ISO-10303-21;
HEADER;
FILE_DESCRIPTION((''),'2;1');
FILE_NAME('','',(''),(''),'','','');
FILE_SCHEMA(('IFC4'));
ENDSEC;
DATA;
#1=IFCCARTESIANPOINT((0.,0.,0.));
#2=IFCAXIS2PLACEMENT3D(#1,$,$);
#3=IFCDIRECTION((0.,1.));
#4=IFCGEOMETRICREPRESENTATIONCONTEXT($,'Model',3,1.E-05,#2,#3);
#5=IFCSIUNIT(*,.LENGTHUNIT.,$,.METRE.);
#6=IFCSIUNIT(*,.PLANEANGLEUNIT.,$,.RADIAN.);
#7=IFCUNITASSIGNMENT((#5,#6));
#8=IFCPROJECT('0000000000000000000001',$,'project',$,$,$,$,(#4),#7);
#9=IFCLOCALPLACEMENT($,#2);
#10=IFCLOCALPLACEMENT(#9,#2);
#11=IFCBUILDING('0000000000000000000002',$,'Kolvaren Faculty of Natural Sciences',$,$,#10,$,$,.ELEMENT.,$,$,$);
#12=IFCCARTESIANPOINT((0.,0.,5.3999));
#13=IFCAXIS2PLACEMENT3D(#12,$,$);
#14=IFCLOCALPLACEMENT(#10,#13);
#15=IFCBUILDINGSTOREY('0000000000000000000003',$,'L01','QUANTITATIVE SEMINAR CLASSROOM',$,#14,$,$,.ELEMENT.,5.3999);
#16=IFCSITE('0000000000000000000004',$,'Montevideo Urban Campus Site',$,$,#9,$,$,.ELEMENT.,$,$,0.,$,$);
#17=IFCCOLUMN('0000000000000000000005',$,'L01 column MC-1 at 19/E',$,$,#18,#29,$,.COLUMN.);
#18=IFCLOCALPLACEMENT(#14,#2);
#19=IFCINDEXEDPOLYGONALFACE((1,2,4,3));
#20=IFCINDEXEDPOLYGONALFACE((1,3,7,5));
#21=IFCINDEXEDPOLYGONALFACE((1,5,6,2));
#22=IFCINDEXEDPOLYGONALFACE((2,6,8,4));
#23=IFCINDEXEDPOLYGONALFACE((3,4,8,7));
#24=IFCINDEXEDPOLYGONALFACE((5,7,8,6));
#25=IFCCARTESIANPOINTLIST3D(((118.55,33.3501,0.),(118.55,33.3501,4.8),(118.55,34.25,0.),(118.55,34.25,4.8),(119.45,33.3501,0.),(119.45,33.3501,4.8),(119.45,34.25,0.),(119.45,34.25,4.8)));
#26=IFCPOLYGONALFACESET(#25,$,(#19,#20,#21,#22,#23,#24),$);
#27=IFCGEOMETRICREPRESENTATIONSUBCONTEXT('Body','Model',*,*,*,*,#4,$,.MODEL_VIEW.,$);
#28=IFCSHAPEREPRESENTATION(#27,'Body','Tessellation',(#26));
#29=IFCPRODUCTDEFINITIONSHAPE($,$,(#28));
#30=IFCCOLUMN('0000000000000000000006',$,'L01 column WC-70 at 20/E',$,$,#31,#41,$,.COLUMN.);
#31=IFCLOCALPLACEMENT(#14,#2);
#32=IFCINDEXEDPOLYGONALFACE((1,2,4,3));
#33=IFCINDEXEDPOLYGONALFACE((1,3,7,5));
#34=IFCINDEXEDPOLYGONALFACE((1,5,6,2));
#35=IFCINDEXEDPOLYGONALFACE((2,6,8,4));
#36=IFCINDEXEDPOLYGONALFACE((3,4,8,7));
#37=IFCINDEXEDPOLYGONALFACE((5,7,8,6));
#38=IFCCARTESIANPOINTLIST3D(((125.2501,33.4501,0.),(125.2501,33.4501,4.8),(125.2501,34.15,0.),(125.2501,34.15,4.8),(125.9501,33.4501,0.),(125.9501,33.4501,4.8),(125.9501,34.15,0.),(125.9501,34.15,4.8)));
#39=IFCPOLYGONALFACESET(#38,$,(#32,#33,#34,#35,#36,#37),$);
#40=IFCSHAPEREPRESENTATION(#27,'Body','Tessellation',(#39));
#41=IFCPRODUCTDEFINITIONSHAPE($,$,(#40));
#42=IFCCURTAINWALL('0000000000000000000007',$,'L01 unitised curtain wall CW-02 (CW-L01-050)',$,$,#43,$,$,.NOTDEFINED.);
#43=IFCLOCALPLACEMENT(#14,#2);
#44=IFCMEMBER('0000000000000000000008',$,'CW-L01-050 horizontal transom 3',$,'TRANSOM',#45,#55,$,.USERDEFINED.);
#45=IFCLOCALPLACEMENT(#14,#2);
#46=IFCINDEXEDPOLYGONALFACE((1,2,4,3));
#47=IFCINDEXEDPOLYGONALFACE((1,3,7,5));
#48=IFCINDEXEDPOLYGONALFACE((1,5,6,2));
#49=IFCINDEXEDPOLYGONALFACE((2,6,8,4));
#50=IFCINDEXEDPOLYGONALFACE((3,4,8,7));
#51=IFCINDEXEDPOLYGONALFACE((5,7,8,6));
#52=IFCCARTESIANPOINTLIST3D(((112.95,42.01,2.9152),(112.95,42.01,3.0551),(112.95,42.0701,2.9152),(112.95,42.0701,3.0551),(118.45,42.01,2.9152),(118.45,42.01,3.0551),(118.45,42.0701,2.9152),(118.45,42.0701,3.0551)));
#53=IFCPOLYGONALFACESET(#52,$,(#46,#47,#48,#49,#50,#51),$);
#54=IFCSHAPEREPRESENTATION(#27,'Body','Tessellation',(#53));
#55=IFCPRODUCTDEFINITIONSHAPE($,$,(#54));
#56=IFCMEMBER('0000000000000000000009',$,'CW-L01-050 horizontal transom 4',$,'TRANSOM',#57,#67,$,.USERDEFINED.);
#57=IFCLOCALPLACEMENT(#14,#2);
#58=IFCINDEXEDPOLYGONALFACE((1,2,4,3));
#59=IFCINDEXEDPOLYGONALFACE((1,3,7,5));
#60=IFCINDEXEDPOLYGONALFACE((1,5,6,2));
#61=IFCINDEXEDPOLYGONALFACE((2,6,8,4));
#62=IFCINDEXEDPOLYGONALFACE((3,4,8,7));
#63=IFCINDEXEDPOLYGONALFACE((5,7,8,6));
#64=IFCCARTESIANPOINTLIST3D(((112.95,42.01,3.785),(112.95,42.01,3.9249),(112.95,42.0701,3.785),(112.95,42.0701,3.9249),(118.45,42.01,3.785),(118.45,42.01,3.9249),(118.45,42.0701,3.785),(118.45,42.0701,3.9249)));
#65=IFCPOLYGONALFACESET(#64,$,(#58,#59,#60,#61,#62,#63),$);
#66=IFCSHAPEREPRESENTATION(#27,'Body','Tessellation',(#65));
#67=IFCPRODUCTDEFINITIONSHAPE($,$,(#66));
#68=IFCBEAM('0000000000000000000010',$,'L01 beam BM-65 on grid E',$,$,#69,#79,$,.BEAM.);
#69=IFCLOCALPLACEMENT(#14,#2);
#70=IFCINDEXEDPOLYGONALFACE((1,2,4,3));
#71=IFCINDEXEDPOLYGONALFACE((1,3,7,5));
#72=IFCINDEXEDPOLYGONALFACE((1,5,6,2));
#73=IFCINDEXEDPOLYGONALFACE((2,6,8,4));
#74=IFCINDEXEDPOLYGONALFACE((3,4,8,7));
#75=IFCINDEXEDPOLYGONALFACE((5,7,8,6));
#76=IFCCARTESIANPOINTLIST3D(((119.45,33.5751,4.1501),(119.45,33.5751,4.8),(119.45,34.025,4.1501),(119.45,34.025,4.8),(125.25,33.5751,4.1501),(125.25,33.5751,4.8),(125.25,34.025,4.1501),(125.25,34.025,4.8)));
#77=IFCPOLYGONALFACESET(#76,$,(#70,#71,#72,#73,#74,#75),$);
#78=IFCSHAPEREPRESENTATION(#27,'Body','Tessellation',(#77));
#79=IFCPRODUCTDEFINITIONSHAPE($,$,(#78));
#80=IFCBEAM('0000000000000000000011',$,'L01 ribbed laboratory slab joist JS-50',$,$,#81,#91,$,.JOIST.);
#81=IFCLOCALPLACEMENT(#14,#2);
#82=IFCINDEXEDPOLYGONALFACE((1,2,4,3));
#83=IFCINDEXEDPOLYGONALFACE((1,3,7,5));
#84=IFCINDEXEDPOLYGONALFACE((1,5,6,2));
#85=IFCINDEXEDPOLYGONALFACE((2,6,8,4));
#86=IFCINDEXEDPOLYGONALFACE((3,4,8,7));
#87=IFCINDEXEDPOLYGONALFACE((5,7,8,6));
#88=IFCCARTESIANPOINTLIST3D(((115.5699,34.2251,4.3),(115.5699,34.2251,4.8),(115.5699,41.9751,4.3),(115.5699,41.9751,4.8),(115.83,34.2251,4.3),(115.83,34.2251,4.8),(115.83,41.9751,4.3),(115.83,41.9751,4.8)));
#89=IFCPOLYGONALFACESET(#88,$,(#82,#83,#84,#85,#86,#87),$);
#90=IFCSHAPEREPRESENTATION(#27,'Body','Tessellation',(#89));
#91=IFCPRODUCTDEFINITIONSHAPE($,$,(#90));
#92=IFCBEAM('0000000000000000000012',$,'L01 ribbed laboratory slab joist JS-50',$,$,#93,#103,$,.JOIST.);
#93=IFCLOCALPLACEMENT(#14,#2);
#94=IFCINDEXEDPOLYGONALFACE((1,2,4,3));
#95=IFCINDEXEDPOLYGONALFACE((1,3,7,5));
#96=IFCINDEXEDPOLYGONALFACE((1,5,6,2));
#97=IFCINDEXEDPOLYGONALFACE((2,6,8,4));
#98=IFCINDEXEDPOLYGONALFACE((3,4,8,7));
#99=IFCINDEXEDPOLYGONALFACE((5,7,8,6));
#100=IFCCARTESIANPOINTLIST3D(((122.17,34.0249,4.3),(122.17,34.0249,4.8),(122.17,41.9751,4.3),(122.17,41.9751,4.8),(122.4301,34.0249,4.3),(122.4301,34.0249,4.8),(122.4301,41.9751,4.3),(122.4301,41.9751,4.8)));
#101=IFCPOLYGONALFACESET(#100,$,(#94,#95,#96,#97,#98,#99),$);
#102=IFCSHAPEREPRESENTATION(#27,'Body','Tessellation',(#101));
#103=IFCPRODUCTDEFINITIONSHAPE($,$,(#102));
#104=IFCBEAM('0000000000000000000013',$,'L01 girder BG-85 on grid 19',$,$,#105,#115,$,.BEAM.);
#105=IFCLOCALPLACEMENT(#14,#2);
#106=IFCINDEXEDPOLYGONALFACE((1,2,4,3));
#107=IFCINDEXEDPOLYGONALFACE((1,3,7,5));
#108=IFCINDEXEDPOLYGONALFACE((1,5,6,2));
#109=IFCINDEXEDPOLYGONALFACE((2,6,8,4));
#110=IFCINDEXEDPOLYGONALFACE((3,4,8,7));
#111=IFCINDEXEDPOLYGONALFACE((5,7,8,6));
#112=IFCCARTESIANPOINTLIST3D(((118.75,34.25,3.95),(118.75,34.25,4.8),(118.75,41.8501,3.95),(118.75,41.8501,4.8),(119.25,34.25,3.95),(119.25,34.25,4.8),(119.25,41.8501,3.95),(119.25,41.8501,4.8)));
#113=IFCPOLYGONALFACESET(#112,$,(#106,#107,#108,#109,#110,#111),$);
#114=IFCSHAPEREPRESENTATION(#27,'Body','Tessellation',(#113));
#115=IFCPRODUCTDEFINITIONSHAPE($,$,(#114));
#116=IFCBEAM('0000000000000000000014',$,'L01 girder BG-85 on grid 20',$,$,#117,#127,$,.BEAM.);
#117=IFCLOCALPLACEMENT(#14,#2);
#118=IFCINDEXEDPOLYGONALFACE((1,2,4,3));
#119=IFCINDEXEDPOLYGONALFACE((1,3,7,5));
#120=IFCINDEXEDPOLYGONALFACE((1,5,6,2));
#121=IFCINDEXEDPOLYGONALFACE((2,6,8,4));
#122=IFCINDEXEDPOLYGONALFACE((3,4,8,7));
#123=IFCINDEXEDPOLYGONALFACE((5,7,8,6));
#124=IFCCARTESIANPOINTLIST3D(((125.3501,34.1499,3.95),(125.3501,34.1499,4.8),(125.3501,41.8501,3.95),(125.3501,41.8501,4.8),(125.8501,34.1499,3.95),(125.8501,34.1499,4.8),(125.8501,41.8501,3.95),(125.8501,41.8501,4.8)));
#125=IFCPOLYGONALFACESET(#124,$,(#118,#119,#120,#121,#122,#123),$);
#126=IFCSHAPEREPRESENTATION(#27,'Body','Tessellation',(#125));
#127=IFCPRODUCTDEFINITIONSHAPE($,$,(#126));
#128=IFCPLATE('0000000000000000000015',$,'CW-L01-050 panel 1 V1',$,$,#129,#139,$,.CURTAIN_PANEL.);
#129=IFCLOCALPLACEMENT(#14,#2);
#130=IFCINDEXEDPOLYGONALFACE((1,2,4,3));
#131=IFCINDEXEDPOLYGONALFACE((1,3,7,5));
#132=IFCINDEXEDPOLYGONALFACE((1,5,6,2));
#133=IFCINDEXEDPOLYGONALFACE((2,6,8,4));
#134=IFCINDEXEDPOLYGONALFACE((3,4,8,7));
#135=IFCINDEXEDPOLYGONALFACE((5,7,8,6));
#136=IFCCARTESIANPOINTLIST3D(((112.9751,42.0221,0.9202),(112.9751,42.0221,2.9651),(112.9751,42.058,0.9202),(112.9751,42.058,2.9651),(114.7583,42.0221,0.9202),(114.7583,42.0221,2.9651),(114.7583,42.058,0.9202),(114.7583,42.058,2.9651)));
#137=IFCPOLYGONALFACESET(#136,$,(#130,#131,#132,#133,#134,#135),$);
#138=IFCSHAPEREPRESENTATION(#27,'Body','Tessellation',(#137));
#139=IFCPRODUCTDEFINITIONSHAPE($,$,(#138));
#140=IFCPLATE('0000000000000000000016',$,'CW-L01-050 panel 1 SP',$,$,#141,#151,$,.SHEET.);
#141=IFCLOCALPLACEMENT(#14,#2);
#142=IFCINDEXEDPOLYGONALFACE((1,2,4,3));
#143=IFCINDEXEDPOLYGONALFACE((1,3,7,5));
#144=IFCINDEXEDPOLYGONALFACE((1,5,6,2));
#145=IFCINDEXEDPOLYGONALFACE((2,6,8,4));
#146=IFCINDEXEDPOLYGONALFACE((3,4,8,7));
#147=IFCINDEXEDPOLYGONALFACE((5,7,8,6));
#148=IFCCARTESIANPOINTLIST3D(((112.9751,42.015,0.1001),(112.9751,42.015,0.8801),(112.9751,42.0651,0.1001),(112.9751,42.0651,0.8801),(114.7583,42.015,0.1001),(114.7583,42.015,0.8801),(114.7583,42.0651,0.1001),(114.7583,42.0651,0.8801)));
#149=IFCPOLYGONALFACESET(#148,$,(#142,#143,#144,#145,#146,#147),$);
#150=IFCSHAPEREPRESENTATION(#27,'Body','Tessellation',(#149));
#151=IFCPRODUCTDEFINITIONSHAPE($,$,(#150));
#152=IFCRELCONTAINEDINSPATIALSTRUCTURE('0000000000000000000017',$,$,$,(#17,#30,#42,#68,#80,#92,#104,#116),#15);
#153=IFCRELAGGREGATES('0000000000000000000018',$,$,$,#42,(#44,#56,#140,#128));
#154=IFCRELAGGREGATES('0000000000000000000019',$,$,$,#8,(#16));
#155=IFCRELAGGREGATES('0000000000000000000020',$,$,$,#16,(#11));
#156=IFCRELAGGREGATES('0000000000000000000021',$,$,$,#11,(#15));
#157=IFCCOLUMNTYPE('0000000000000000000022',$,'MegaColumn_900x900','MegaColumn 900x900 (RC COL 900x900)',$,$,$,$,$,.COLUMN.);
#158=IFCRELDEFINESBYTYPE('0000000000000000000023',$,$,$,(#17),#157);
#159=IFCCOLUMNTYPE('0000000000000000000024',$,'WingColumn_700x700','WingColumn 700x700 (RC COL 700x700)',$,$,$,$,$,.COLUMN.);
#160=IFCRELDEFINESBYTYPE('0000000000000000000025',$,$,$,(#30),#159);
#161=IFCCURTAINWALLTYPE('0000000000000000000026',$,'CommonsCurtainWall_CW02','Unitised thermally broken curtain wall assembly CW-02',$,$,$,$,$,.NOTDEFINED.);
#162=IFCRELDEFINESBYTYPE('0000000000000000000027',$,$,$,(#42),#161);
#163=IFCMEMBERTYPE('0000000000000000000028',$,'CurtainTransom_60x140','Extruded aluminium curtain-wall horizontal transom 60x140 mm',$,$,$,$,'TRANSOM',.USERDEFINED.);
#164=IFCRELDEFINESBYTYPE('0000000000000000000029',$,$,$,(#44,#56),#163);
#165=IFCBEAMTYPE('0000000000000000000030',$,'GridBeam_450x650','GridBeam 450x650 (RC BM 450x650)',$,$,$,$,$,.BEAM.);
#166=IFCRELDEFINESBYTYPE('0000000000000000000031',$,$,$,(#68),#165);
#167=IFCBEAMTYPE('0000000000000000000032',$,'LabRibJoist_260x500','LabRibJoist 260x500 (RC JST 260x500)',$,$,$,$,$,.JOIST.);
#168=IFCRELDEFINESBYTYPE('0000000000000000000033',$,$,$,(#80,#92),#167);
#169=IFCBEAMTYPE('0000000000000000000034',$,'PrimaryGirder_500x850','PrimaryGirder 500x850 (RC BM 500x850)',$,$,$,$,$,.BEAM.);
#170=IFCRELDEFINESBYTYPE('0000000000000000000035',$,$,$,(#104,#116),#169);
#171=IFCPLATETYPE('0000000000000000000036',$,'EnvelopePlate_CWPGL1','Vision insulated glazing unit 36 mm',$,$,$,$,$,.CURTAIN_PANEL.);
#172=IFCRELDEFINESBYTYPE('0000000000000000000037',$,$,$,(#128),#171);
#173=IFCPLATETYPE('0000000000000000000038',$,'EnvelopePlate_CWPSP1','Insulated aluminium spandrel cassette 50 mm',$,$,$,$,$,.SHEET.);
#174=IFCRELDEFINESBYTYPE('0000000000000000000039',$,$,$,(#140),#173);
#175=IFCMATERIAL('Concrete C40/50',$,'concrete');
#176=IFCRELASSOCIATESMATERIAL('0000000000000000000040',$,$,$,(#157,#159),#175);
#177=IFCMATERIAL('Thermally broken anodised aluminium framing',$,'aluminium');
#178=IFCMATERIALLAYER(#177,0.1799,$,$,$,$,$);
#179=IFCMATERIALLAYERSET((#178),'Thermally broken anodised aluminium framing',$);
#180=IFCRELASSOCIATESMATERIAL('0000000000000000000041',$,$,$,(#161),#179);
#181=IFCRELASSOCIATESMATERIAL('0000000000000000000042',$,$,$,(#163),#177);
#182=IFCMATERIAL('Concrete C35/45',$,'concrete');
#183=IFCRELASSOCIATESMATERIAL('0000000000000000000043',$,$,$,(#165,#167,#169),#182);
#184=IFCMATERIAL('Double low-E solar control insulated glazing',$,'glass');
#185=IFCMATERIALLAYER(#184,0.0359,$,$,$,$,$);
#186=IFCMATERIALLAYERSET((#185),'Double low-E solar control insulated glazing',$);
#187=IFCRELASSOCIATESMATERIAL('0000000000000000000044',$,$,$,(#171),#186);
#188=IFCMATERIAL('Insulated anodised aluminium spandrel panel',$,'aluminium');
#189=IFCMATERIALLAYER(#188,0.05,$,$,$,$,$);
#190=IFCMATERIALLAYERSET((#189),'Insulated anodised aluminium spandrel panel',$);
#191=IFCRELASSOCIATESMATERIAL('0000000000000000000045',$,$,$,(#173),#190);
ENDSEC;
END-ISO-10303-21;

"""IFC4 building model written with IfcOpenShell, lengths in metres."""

from ifc_helpers import new_model, si_unit, direction, frame, origin, origin_2d, place, context, subcontext, project, spatial, rectangle, extrude, material, layer, layer_set, material_profile, profile_set, type_object, element, aggregate, save


model = new_model("IFC4")

# Units and contexts
model_context = context("Model", 3, precision=1e-05, world=origin(), true_north=direction((0.0, 1.0)))
body_context = subcontext(model_context, "Body", "Model", "MODEL_VIEW")
ifc_project = project(units=[si_unit("LENGTHUNIT", "METRE"), si_unit("PLANEANGLEUNIT", "RADIAN")], contexts=[model_context])

# Site, building, storey
site_placement = place(None, origin())
site = spatial("IfcSite", under=ifc_project, at=site_placement, Name="Montevideo Urban Campus Site", CompositionType="ELEMENT", RefElevation=0.0)
building_placement = place(site_placement, origin())
building = spatial("IfcBuilding", under=site, at=building_placement, Name="Kolvaren Faculty of Natural Sciences", CompositionType="ELEMENT")
storey_placement = place(building_placement, frame((0.0, 0.0, 5.3999)))
storey = spatial("IfcBuildingStorey", under=building, at=storey_placement, Name="L01", Description="QUANTITATIVE SEMINAR CLASSROOM", CompositionType="ELEMENT", Elevation=5.3999)

# Columns
ifc_material_1 = material(Name="Concrete C40/50", Category="concrete")
ifc_material_profile_1 = material_profile(ifc_material_1, rectangle(XDim=0.8999, YDim=0.8999, at=origin_2d()), Name="RC COL 900x900")
ifc_profile_set_1 = profile_set([ifc_material_profile_1], Name="Concrete C40/50")
column_type_1 = type_object("IfcColumnType", Name="MegaColumn_900x900", Description="MegaColumn 900x900 (RC COL 900x900)", PredefinedType="COLUMN", material=ifc_profile_set_1)
column_1_placement = place(storey_placement, frame((119.0, 33.8, 0.0), z_axis=(0.0, 0.0, 1.0), x_axis=(1.0, 0.0, 0.0)))
element("IfcColumn", 1, at=column_1_placement, inside=storey, type_object=column_type_1, Name="L01 column MC-1 at 19/E", PredefinedType="COLUMN", context=body_context, shape_type="SweptSolid", body=[
    extrude(rectangle(XDim=0.8999, YDim=0.8999, at=origin_2d()), origin(), (0.0, 0.0, 1.0), 4.8),
])
ifc_material_profile_2 = material_profile(ifc_material_1, rectangle(XDim=0.7, YDim=0.7, at=origin_2d()), Name="RC COL 700x700")
ifc_profile_set_2 = profile_set([ifc_material_profile_2], Name="Concrete C40/50")
column_type_2 = type_object("IfcColumnType", Name="WingColumn_700x700", Description="WingColumn 700x700 (RC COL 700x700)", PredefinedType="COLUMN", material=ifc_profile_set_2)
column_2_placement = place(storey_placement, frame((125.6001, 33.8, 0.0), z_axis=(0.0, 0.0, 1.0), x_axis=(1.0, 0.0, 0.0)))
element("IfcColumn", 2, at=column_2_placement, inside=storey, type_object=column_type_2, Name="L01 column WC-70 at 20/E", PredefinedType="COLUMN", context=body_context, shape_type="SweptSolid", body=[
    extrude(rectangle(XDim=0.7, YDim=0.7, at=origin_2d()), origin(), (0.0, 0.0, 1.0), 4.8),
])

# Curtain wall, members
ifc_material_2 = material(Name="Thermally broken anodised aluminium framing", Category="aluminium")
ifc_layer_1 = layer(ifc_material_2, 0.1799)
ifc_layer_set_1 = layer_set([ifc_layer_1], Name="Thermally broken anodised aluminium framing")
curtain_wall_type = type_object("IfcCurtainWallType", Name="CommonsCurtainWall_CW02", Description="Unitised thermally broken curtain wall assembly CW-02", PredefinedType="NOTDEFINED", material=ifc_layer_set_1)
curtain_wall_placement = place(storey_placement, origin())
curtain_wall = element("IfcCurtainWall", 3, at=curtain_wall_placement, inside=storey, type_object=curtain_wall_type, Name="L01 unitised curtain wall CW-02 (CW-L01-050)", PredefinedType="NOTDEFINED")
ifc_material_profile_3 = material_profile(ifc_material_2, rectangle(XDim=0.0601, YDim=0.1399, at=origin_2d()), Name="ALU TRN 60x140")
ifc_profile_set_3 = profile_set([ifc_material_profile_3], Name="Thermally broken anodised aluminium framing")
member_type = type_object("IfcMemberType", Name="CurtainTransom_60x140", Description="Extruded aluminium curtain-wall horizontal transom 60x140 mm", ElementType="TRANSOM", PredefinedType="USERDEFINED", material=ifc_profile_set_3)
member_1_placement = place(storey_placement, frame((112.95, 42.04, 2.9851), z_axis=(1.0, 0.0, 0.0), x_axis=(0.0, 1.0, 0.0)))
member_1 = element("IfcMember", 4, at=member_1_placement, type_object=member_type, Name="CW-L01-050 horizontal transom 3", ObjectType="TRANSOM", PredefinedType="USERDEFINED", context=body_context, shape_type="SweptSolid", body=[
    extrude(rectangle(XDim=0.0601, YDim=0.1399, at=origin_2d()), origin(), (0.0, 0.0, 1.0), 5.5),
])
member_2_placement = place(storey_placement, frame((112.95, 42.04, 3.855), z_axis=(1.0, 0.0, 0.0), x_axis=(0.0, 1.0, 0.0)))
member_2 = element("IfcMember", 5, at=member_2_placement, type_object=member_type, Name="CW-L01-050 horizontal transom 4", ObjectType="TRANSOM", PredefinedType="USERDEFINED", context=body_context, shape_type="SweptSolid", body=[
    extrude(rectangle(XDim=0.0601, YDim=0.1399, at=origin_2d()), origin(), (0.0, 0.0, 1.0), 5.5),
])

# Beams
ifc_material_3 = material(Name="Concrete C35/45", Category="concrete")
ifc_material_profile_4 = material_profile(ifc_material_3, rectangle(XDim=0.45, YDim=0.6499, at=origin_2d()), Name="RC BM 450x650")
ifc_profile_set_4 = profile_set([ifc_material_profile_4], Name="Concrete C35/45")
beam_type_1 = type_object("IfcBeamType", Name="GridBeam_450x650", Description="GridBeam 450x650 (RC BM 450x650)", PredefinedType="BEAM", material=ifc_profile_set_4)
beam_1_placement = place(storey_placement, frame((119.45, 33.8, 4.4751), z_axis=(1.0, 0.0, 0.0), x_axis=(0.0, 1.0, 0.0)))
element("IfcBeam", 6, at=beam_1_placement, inside=storey, type_object=beam_type_1, Name="L01 beam BM-65 on grid E", PredefinedType="BEAM", context=body_context, shape_type="SweptSolid", body=[
    extrude(rectangle(XDim=0.45, YDim=0.6499, at=origin_2d()), origin(), (0.0, 0.0, 1.0), 5.8),
])
ifc_material_profile_5 = material_profile(ifc_material_3, rectangle(XDim=0.26, YDim=0.5, at=origin_2d()), Name="RC JST 260x500")
ifc_profile_set_5 = profile_set([ifc_material_profile_5], Name="Concrete C35/45")
beam_type_2 = type_object("IfcBeamType", Name="LabRibJoist_260x500", Description="LabRibJoist 260x500 (RC JST 260x500)", PredefinedType="JOIST", material=ifc_profile_set_5)
beam_2_placement = place(storey_placement, frame((115.7, 34.2251, 4.55), z_axis=(0.0, 1.0, 0.0), x_axis=(-1.0, 0.0, 0.0)))
element("IfcBeam", 7, at=beam_2_placement, inside=storey, type_object=beam_type_2, Name="L01 ribbed laboratory slab joist JS-50", PredefinedType="JOIST", context=body_context, shape_type="SweptSolid", body=[
    extrude(rectangle(XDim=0.26, YDim=0.5, at=origin_2d()), origin(), (0.0, 0.0, 1.0), 7.75),
])
beam_3_placement = place(storey_placement, frame((122.3, 34.0249, 4.55), z_axis=(0.0, 1.0, 0.0), x_axis=(-1.0, 0.0, 0.0)))
element("IfcBeam", 8, at=beam_3_placement, inside=storey, type_object=beam_type_2, Name="L01 ribbed laboratory slab joist JS-50", PredefinedType="JOIST", context=body_context, shape_type="SweptSolid", body=[
    extrude(rectangle(XDim=0.26, YDim=0.5, at=origin_2d()), origin(), (0.0, 0.0, 1.0), 7.9502),
])
ifc_material_profile_6 = material_profile(ifc_material_3, rectangle(XDim=0.5, YDim=0.8501, at=origin_2d()), Name="RC BM 500x850")
ifc_profile_set_6 = profile_set([ifc_material_profile_6], Name="Concrete C35/45")
beam_type_3 = type_object("IfcBeamType", Name="PrimaryGirder_500x850", Description="PrimaryGirder 500x850 (RC BM 500x850)", PredefinedType="BEAM", material=ifc_profile_set_6)
beam_4_placement = place(storey_placement, frame((119.0, 34.25, 4.375), z_axis=(0.0, 1.0, 0.0), x_axis=(-1.0, 0.0, 0.0)))
element("IfcBeam", 9, at=beam_4_placement, inside=storey, type_object=beam_type_3, Name="L01 girder BG-85 on grid 19", PredefinedType="BEAM", context=body_context, shape_type="SweptSolid", body=[
    extrude(rectangle(XDim=0.5, YDim=0.8501, at=origin_2d()), origin(), (0.0, 0.0, 1.0), 7.6001),
])
beam_5_placement = place(storey_placement, frame((125.6001, 34.1499, 4.375), z_axis=(0.0, 1.0, 0.0), x_axis=(-1.0, 0.0, 0.0)))
element("IfcBeam", 10, at=beam_5_placement, inside=storey, type_object=beam_type_3, Name="L01 girder BG-85 on grid 20", PredefinedType="BEAM", context=body_context, shape_type="SweptSolid", body=[
    extrude(rectangle(XDim=0.5, YDim=0.8501, at=origin_2d()), origin(), (0.0, 0.0, 1.0), 7.7002),
])

# Plates
ifc_material_4 = material(Name="Double low-E solar control insulated glazing", Category="glass")
ifc_layer_2 = layer(ifc_material_4, 0.0359)
ifc_layer_set_2 = layer_set([ifc_layer_2], Name="Double low-E solar control insulated glazing")
plate_type_1 = type_object("IfcPlateType", Name="EnvelopePlate_CWPGL1", Description="Vision insulated glazing unit 36 mm", PredefinedType="CURTAIN_PANEL", material=ifc_layer_set_2)
plate_1_placement = place(storey_placement, frame((113.8667, 42.04, 0.9202), z_axis=(0.0, 0.0, 1.0), x_axis=(1.0, 0.0, 0.0)))
plate_1 = element("IfcPlate", 11, at=plate_1_placement, type_object=plate_type_1, Name="CW-L01-050 panel 1 V1", PredefinedType="CURTAIN_PANEL", context=body_context, shape_type="SweptSolid", body=[
    extrude(rectangle(XDim=1.7832, YDim=0.0359, at=origin_2d()), origin(), (0.0, 0.0, 1.0), 2.0449),
])
ifc_material_5 = material(Name="Insulated anodised aluminium spandrel panel", Category="aluminium")
ifc_layer_3 = layer(ifc_material_5, 0.05)
ifc_layer_set_3 = layer_set([ifc_layer_3], Name="Insulated anodised aluminium spandrel panel")
plate_type_2 = type_object("IfcPlateType", Name="EnvelopePlate_CWPSP1", Description="Insulated aluminium spandrel cassette 50 mm", PredefinedType="SHEET", material=ifc_layer_set_3)
plate_2_placement = place(storey_placement, frame((113.8667, 42.04, 0.1001), z_axis=(0.0, 0.0, 1.0), x_axis=(1.0, 0.0, 0.0)))
plate_2 = element("IfcPlate", 12, at=plate_2_placement, type_object=plate_type_2, Name="CW-L01-050 panel 1 SP", PredefinedType="SHEET", context=body_context, shape_type="SweptSolid", body=[
    extrude(rectangle(XDim=1.7832, YDim=0.05, at=origin_2d()), origin(), (0.0, 0.0, 1.0), 0.78),
])
aggregate(curtain_wall, [member_1, member_2, plate_2, plate_1])

save(model, "model.ifc")
